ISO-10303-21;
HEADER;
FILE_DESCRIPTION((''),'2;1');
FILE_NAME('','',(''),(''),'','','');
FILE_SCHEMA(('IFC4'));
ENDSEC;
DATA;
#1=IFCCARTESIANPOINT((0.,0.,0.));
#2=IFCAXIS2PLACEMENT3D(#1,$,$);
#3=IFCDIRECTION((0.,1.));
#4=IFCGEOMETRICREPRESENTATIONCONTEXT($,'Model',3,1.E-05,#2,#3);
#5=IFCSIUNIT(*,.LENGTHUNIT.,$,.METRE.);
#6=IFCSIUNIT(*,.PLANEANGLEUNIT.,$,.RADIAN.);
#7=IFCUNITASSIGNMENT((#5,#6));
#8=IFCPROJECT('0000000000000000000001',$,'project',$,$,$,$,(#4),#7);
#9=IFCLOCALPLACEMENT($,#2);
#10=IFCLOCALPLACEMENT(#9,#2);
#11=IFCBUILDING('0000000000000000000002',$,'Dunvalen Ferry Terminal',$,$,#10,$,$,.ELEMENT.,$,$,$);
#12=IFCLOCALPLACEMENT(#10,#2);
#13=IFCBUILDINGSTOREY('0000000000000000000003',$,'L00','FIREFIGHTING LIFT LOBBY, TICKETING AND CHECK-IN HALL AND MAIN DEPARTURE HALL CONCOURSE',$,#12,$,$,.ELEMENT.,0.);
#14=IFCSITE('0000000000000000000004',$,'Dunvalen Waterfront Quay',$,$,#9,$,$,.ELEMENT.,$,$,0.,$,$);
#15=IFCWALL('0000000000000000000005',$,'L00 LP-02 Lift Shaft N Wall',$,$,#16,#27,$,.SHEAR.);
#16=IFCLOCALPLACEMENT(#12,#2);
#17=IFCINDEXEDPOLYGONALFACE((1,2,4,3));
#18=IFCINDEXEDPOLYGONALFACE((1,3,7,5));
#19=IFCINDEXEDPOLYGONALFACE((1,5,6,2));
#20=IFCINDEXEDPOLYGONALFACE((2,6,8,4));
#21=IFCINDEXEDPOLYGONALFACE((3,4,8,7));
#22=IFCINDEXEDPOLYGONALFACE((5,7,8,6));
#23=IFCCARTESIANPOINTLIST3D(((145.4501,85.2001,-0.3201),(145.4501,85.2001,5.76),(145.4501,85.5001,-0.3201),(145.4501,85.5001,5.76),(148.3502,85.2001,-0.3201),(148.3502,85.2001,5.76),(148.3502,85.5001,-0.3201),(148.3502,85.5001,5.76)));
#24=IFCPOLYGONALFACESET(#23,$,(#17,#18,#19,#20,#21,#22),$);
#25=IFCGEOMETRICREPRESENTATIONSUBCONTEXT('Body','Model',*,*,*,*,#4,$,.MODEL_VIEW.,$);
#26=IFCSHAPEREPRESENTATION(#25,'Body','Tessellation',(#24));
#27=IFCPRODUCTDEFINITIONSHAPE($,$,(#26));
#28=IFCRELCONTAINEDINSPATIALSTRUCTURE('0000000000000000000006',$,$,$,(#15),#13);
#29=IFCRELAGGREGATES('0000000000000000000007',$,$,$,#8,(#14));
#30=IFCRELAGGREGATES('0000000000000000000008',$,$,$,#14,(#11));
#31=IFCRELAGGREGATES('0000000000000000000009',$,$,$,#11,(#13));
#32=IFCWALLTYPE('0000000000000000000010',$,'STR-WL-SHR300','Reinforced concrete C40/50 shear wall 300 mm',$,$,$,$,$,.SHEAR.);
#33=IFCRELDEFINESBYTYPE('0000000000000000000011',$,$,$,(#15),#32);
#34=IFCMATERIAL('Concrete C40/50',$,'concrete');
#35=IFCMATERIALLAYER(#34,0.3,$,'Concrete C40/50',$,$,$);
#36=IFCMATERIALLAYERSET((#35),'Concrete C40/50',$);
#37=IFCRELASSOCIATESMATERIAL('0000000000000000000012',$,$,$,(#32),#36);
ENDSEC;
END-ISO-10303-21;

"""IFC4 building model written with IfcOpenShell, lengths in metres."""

from ifc_helpers import new_model, si_unit, direction, frame, frame_2d, origin, place, context, subcontext, project, spatial, rectangle, extrude, material, layer, layer_set, type_object, element, save


model = new_model("IFC4")

# Units and contexts
model_context = context("Model", 3, precision=1e-05, world=origin(), true_north=direction((0.0, 1.0)))
body_context = subcontext(model_context, "Body", "Model", "MODEL_VIEW")
ifc_project = project(units=[si_unit("LENGTHUNIT", "METRE"), si_unit("PLANEANGLEUNIT", "RADIAN")], contexts=[model_context])

# Site, building, storey
site_placement = place(None, origin())
site = spatial("IfcSite", under=ifc_project, at=site_placement, Name="Dunvalen Waterfront Quay", CompositionType="ELEMENT", RefElevation=0.0)
building_placement = place(site_placement, origin())
building = spatial("IfcBuilding", under=site, at=building_placement, Name="Dunvalen Ferry Terminal", CompositionType="ELEMENT")
storey_placement = place(building_placement, origin())
storey = spatial("IfcBuildingStorey", under=building, at=storey_placement, Name="L00", Description="FIREFIGHTING LIFT LOBBY, TICKETING AND CHECK-IN HALL AND MAIN DEPARTURE HALL CONCOURSE", CompositionType="ELEMENT", Elevation=0.0)

# Shared definitions
ifc_material_1 = material(Name="Concrete C40/50", Category="concrete")

# Wall
ifc_layer_1 = layer(ifc_material_1, 0.3, Name="Concrete C40/50")
ifc_layer_set_1 = layer_set([ifc_layer_1], Name="Concrete C40/50")
wall_type_1 = type_object("IfcWallType", Name="STR-WL-SHR300", Description="Reinforced concrete C40/50 shear wall 300 mm", PredefinedType="SHEAR", material=ifc_layer_set_1)
wall_1_placement = place(storey_placement, frame((145.45, 85.3501, -0.3201), z_axis=(0.0, 0.0, 1.0), x_axis=(1.0, 0.0, 0.0)))
element("IfcWall", 1, at=wall_1_placement, inside=storey, type_object=wall_type_1, Name="L00 LP-02 Lift Shaft N Wall", PredefinedType="SHEAR", context=body_context, shape_type="SweptSolid", body=[
    extrude(rectangle(XDim=2.9001, YDim=0.3, at=frame_2d((1.4502, 0.0))), origin(), (0.0, 0.0, 1.0), 6.0801),
])

save(model, "model.ifc")
